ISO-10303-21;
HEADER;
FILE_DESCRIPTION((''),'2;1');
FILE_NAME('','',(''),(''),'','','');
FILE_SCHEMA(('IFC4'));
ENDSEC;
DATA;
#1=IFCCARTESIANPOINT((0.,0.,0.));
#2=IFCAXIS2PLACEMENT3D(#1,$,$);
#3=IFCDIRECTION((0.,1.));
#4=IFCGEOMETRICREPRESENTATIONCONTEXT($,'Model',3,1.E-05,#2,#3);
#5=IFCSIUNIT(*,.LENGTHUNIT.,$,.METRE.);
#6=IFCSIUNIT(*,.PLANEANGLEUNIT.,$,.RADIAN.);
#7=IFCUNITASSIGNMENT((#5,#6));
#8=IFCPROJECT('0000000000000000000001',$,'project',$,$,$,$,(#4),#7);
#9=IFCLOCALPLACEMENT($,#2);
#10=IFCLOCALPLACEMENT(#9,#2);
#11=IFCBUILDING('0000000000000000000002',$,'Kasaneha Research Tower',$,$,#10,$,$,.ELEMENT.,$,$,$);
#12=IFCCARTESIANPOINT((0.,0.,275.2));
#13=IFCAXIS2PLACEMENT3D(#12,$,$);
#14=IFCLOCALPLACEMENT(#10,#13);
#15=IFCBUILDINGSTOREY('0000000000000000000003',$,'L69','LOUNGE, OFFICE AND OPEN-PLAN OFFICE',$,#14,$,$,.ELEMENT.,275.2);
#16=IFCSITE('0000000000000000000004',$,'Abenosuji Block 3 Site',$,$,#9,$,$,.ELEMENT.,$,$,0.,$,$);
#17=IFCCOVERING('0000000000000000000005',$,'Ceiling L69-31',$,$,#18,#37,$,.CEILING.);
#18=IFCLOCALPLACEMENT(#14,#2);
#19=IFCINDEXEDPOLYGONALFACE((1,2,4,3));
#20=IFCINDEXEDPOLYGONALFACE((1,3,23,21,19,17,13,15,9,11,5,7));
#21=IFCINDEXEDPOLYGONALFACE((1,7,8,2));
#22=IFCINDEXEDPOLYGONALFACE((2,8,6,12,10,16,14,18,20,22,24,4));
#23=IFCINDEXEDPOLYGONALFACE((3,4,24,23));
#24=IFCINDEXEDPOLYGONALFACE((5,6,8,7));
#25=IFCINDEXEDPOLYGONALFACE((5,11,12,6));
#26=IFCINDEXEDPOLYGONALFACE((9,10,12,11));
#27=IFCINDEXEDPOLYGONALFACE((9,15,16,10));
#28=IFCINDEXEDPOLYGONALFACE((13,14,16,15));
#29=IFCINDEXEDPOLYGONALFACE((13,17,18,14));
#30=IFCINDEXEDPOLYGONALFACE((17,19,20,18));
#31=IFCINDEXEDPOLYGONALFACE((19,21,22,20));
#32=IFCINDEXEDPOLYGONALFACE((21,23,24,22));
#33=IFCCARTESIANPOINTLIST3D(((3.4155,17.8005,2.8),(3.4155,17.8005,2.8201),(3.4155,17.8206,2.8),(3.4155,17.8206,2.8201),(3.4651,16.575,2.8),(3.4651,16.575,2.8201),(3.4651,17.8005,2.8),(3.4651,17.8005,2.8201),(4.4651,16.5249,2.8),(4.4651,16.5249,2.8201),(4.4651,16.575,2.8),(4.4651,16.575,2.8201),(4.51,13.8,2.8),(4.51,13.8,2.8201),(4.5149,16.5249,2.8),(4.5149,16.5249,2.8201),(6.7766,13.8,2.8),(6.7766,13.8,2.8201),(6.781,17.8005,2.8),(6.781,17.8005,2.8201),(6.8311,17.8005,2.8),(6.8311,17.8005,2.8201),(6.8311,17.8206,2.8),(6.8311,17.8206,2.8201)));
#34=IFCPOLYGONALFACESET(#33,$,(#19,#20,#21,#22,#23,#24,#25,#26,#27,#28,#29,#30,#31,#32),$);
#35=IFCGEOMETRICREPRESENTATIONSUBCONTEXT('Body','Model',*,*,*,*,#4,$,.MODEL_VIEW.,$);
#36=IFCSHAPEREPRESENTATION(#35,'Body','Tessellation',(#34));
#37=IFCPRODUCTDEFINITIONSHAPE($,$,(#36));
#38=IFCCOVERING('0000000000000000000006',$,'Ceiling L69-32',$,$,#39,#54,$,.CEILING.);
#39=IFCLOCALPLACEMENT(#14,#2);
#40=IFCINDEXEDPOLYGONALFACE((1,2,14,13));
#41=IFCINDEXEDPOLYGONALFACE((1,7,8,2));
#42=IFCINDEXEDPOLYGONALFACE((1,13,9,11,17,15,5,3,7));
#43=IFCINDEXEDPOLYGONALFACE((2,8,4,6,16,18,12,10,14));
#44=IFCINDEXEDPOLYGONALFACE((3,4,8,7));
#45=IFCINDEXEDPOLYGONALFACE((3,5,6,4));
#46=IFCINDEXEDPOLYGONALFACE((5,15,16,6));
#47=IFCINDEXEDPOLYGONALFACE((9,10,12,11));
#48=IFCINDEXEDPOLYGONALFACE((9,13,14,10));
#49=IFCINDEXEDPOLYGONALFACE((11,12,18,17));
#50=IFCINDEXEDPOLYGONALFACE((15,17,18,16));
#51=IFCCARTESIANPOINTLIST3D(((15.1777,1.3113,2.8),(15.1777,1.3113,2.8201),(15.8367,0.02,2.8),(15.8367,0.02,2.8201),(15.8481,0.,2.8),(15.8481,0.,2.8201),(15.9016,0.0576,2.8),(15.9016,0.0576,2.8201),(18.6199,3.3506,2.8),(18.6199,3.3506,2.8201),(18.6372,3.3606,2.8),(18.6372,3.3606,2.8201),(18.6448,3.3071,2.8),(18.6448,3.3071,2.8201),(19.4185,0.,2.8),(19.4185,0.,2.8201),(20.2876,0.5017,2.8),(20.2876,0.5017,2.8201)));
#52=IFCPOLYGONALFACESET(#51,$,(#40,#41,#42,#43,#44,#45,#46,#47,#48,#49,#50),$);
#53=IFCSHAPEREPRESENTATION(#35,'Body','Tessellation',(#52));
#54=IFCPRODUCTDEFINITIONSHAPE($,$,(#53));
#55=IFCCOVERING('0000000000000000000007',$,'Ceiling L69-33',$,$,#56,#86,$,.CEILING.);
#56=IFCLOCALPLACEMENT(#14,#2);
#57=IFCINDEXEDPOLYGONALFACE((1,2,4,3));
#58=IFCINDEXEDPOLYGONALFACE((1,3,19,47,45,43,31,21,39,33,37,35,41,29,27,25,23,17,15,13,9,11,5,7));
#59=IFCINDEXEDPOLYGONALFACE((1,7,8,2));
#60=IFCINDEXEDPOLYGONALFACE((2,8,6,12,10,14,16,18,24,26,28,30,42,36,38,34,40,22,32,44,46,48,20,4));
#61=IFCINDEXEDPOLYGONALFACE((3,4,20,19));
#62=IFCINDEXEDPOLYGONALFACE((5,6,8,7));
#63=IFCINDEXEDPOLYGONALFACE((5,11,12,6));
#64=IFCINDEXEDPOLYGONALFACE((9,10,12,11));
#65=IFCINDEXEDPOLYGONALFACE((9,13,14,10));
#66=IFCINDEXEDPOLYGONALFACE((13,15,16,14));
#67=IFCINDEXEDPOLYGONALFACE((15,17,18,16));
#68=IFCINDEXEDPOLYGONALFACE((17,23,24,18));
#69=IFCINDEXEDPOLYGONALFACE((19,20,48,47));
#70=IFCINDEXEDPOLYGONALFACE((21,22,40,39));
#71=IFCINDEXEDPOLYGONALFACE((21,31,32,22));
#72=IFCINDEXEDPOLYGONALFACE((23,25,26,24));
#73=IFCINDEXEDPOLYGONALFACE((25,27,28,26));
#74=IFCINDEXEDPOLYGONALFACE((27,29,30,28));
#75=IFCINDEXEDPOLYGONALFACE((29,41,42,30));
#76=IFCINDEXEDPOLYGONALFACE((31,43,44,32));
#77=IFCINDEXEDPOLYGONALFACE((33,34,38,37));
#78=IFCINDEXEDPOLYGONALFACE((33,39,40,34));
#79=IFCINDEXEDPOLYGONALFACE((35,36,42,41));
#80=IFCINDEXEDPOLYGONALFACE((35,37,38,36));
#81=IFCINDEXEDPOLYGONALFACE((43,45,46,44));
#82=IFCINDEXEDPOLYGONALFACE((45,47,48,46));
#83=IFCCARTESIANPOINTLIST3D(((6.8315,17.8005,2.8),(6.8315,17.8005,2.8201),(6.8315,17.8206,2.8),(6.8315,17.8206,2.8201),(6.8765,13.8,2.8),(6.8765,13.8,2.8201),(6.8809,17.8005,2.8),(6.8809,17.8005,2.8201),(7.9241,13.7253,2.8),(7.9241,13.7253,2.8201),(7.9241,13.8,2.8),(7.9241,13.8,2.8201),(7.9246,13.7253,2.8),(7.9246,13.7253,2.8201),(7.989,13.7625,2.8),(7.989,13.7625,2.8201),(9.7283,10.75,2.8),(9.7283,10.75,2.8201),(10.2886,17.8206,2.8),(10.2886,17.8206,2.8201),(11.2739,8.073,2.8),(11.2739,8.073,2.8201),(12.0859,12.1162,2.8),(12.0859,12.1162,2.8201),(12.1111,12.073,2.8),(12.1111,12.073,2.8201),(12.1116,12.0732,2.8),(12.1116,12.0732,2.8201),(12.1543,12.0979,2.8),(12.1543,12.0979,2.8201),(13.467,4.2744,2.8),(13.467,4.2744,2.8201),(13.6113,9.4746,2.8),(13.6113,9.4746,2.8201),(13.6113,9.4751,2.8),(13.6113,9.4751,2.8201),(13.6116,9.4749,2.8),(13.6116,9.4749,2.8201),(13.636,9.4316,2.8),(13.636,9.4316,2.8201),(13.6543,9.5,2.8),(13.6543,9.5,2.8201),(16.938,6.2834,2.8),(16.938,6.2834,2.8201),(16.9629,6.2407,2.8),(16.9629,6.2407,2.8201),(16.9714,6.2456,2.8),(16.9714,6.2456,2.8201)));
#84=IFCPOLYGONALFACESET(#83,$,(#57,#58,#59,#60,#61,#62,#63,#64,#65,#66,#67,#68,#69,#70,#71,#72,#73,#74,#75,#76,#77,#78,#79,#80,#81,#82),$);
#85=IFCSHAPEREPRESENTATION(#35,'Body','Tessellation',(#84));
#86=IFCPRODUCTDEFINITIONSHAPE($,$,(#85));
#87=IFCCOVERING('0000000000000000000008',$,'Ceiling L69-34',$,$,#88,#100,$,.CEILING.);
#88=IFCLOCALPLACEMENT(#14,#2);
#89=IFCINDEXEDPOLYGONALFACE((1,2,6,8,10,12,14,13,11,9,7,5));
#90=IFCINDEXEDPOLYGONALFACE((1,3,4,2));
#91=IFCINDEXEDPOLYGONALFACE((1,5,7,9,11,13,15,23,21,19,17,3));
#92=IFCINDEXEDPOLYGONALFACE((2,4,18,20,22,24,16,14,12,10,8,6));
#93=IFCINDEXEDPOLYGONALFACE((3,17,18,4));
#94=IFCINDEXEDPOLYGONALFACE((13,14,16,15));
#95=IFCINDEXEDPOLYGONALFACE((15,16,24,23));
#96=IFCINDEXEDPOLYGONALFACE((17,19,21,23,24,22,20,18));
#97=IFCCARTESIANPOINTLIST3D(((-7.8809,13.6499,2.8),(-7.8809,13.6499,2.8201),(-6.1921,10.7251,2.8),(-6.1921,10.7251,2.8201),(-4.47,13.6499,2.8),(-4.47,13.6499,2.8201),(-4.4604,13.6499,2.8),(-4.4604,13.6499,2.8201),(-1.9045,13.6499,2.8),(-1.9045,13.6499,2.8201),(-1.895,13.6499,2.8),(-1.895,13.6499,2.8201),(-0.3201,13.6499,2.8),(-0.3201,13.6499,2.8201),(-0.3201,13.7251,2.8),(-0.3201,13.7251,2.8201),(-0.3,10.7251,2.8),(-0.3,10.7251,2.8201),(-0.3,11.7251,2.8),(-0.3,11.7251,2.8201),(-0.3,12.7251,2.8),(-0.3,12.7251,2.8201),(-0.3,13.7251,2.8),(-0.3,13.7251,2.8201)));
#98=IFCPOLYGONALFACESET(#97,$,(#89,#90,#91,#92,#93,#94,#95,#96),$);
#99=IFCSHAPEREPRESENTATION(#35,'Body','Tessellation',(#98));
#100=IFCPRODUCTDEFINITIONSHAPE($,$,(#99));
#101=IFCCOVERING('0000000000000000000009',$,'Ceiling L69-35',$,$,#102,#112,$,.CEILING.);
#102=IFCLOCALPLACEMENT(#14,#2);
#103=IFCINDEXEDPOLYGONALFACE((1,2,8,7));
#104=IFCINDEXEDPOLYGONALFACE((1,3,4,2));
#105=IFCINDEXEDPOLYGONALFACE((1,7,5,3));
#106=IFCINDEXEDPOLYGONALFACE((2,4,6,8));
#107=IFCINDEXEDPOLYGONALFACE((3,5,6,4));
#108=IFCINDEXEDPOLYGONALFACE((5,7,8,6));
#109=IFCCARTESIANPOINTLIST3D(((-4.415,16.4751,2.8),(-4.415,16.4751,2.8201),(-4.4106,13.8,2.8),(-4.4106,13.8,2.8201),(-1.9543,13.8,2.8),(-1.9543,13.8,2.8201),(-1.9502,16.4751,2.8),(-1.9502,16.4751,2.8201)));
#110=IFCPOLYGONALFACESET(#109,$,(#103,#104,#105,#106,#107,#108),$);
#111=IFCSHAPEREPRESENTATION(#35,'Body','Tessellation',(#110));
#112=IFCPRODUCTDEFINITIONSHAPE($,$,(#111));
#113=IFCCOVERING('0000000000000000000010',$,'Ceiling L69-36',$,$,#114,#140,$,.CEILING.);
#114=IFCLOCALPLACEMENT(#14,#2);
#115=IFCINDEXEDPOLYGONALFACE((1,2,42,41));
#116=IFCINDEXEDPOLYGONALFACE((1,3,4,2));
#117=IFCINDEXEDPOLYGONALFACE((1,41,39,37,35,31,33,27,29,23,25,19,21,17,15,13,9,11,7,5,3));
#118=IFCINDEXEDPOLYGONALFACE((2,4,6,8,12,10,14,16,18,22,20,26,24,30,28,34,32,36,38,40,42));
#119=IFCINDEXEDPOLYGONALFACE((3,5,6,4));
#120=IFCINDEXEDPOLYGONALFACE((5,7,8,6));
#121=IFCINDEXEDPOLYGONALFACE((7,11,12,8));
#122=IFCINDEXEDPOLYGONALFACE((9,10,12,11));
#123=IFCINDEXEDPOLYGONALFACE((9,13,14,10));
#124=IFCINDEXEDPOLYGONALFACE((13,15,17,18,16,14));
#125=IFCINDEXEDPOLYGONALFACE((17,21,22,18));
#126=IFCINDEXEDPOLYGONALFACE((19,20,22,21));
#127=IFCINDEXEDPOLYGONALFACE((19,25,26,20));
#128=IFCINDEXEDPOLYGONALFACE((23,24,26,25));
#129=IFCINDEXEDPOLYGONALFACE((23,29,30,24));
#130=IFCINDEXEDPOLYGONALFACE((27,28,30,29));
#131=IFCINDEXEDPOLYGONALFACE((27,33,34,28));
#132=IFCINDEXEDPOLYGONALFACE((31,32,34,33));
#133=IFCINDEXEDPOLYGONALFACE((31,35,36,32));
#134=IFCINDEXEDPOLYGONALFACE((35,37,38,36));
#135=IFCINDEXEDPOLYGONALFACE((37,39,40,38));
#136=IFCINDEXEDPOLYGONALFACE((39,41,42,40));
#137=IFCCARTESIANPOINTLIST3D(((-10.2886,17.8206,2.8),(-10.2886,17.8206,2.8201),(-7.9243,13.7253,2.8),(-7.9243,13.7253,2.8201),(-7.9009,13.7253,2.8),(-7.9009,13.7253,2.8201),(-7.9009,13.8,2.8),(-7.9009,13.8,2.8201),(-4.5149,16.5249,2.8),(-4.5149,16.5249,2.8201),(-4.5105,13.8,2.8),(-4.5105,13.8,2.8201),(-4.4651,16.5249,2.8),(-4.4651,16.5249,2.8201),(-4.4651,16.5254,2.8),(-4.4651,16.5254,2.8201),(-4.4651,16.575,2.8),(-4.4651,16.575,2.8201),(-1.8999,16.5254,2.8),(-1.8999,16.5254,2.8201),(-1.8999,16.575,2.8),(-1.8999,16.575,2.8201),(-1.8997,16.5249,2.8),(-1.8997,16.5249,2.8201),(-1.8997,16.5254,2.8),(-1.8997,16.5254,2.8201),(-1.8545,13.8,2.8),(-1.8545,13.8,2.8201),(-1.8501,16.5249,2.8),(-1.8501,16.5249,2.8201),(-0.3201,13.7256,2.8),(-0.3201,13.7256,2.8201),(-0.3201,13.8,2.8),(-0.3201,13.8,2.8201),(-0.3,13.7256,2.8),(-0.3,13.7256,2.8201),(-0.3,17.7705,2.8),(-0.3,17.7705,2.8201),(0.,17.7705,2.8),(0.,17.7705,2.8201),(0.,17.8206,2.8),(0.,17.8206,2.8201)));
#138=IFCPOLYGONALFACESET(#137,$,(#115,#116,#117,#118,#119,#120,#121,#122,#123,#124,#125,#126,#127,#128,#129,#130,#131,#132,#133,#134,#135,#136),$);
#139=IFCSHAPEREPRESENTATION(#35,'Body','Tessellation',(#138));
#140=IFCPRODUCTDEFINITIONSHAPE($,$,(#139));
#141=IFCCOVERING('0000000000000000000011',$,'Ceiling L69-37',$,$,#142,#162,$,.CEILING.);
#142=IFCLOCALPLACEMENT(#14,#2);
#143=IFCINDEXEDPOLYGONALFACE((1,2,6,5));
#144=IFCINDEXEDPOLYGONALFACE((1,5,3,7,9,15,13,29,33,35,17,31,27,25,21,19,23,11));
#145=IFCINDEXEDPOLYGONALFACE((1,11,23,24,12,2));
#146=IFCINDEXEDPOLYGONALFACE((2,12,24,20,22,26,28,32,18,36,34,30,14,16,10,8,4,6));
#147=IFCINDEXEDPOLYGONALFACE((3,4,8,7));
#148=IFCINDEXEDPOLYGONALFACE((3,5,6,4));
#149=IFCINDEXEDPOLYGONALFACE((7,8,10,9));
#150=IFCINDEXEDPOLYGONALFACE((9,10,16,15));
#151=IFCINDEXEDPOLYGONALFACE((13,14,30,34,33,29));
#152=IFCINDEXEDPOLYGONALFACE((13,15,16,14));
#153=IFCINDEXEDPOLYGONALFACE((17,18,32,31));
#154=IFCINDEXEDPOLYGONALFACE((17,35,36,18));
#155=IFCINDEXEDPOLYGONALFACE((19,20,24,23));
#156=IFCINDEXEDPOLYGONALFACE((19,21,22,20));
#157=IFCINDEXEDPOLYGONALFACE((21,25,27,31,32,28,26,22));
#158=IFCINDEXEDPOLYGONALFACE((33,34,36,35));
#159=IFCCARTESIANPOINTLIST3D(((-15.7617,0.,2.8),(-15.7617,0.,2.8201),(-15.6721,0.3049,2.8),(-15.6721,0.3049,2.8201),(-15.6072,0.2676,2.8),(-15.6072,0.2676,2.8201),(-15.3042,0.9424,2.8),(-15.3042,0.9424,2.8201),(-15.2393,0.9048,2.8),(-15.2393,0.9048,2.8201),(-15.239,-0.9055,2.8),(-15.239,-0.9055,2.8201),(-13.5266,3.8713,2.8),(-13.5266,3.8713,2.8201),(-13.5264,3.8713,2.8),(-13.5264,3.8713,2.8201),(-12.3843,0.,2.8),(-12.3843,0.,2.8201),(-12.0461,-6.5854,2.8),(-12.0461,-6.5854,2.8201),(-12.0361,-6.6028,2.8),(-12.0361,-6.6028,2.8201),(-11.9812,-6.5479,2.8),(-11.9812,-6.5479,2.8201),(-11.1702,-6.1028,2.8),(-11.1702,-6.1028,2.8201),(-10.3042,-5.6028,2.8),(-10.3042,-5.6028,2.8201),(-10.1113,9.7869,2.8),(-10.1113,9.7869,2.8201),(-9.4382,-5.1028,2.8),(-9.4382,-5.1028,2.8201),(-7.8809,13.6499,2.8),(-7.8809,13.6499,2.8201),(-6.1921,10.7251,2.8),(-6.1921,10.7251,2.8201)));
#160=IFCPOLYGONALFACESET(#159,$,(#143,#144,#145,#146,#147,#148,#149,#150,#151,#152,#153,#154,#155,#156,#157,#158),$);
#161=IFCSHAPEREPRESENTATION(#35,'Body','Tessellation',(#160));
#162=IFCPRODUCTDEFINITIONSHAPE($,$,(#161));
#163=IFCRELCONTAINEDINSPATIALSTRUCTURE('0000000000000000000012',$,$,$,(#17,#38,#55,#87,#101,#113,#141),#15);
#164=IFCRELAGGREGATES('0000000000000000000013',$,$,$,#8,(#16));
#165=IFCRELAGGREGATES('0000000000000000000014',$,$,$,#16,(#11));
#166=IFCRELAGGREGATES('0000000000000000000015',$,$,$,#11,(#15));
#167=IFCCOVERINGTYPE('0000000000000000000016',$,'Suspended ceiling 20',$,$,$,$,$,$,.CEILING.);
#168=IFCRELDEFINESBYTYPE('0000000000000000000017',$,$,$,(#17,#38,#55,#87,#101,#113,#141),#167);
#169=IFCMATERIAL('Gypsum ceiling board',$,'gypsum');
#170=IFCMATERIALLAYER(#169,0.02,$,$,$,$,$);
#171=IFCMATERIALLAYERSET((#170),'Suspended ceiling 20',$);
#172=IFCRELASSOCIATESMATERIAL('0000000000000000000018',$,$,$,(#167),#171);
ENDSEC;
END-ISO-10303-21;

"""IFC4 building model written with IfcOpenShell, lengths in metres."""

from ifc_helpers import new_model, si_unit, direction, frame, origin, place, context, subcontext, project, spatial, polyline, outline, extrude, material, layer, layer_set, type_object, element, save


model = new_model("IFC4")

# Units and contexts
model_context = context("Model", 3, precision=1e-05, world=origin(), true_north=direction((0.0, 1.0)))
body_context = subcontext(model_context, "Body", "Model", "MODEL_VIEW")
ifc_project = project(units=[si_unit("LENGTHUNIT", "METRE"), si_unit("PLANEANGLEUNIT", "RADIAN")], contexts=[model_context])

# Site, building, storey
site_placement = place(None, origin())
site = spatial("IfcSite", under=ifc_project, at=site_placement, Name="Abenosuji Block 3 Site", CompositionType="ELEMENT", RefElevation=0.0)
building_placement = place(site_placement, origin())
building = spatial("IfcBuilding", under=site, at=building_placement, Name="Kasaneha Research Tower", CompositionType="ELEMENT")
storey_placement = place(building_placement, frame((0.0, 0.0, 275.2)))
storey = spatial("IfcBuildingStorey", under=building, at=storey_placement, Name="L69", Description="LOUNGE, OFFICE AND OPEN-PLAN OFFICE", CompositionType="ELEMENT", Elevation=275.2)

# Coverings
ifc_material_1 = material(Name="Gypsum ceiling board", Category="gypsum")
ifc_layer_1 = layer(ifc_material_1, 0.02)
ifc_layer_set_1 = layer_set([ifc_layer_1], Name="Suspended ceiling 20")
covering_type_1 = type_object("IfcCoveringType", Name="Suspended ceiling 20", PredefinedType="CEILING", material=ifc_layer_set_1)
covering_1_placement = place(storey_placement, frame((0.0, 0.0, 2.8)))
element("IfcCovering", 1, at=covering_1_placement, inside=storey, type_object=covering_type_1, Name="Ceiling L69-31", PredefinedType="CEILING", context=body_context, shape_type="SweptSolid", body=[
    extrude(outline(polyline([(6.8311, 17.8005), (6.781, 17.8005), (6.7766, 13.8), (4.51, 13.8), (4.5149, 16.5249), (4.4651, 16.5249), (4.4651, 16.575), (3.4651, 16.575), (3.4651, 17.8005), (3.4155, 17.8005), (3.4155, 17.8206), (6.8311, 17.8206), (6.8311, 17.8005)])), origin(), (0.0, 0.0, 1.0), 0.02),
])
covering_2_placement = place(storey_placement, frame((0.0, 0.0, 2.8)))
element("IfcCovering", 2, at=covering_2_placement, inside=storey, type_object=covering_type_1, Name="Ceiling L69-32", PredefinedType="CEILING", context=body_context, shape_type="SweptSolid", body=[
    extrude(outline(polyline([(20.2876, 0.5017), (19.4185, 0.0), (15.8481, 0.0), (15.8367, 0.02), (15.9016, 0.0576), (15.1777, 1.3113), (18.6448, 3.3071), (18.6199, 3.3506), (18.6372, 3.3606), (20.2876, 0.5017)])), origin(), (0.0, 0.0, 1.0), 0.02),
])
covering_3_placement = place(storey_placement, frame((0.0, 0.0, 2.8)))
element("IfcCovering", 3, at=covering_3_placement, inside=storey, type_object=covering_type_1, Name="Ceiling L69-33", PredefinedType="CEILING", context=body_context, shape_type="SweptSolid", body=[
    extrude(outline(polyline([(16.9629, 6.2407), (16.938, 6.2834), (13.467, 4.2744), (11.2739, 8.073), (13.636, 9.4316), (13.6113, 9.4746), (13.6116, 9.4749), (13.6113, 9.4751), (13.6543, 9.5), (12.1543, 12.0979), (12.1116, 12.0732), (12.1116, 12.0732), (12.1111, 12.073), (12.0859, 12.1162), (9.7283, 10.75), (7.989, 13.7625), (7.9246, 13.7253), (7.9246, 13.7253), (7.9241, 13.7253), (7.9241, 13.8), (6.8765, 13.8), (6.8809, 17.8005), (6.8315, 17.8005), (6.8315, 17.8206), (10.2886, 17.8206), (16.9714, 6.2456), (16.9629, 6.2407)])), origin(), (0.0, 0.0, 1.0), 0.02),
])
covering_4_placement = place(storey_placement, frame((0.0, 0.0, 2.8)))
element("IfcCovering", 4, at=covering_4_placement, inside=storey, type_object=covering_type_1, Name="Ceiling L69-34", PredefinedType="CEILING", context=body_context, shape_type="SweptSolid", body=[
    extrude(outline(polyline([(-0.3, 11.7251), (-0.3, 10.7251), (-6.1921, 10.7251), (-7.8809, 13.6499), (-4.47, 13.6499), (-4.4604, 13.6499), (-1.9045, 13.6499), (-1.895, 13.6499), (-0.3201, 13.6499), (-0.3201, 13.7251), (-0.3, 13.7251), (-0.3, 12.7251), (-0.3, 11.7251)])), origin(), (0.0, 0.0, 1.0), 0.02),
])
covering_5_placement = place(storey_placement, frame((0.0, 0.0, 2.8)))
element("IfcCovering", 5, at=covering_5_placement, inside=storey, type_object=covering_type_1, Name="Ceiling L69-35", PredefinedType="CEILING", context=body_context, shape_type="SweptSolid", body=[
    extrude(outline(polyline([(-1.9502, 16.4751), (-1.9543, 13.8), (-4.4106, 13.8), (-4.415, 16.4751), (-1.9502, 16.4751)])), origin(), (0.0, 0.0, 1.0), 0.02),
])
covering_6_placement = place(storey_placement, frame((0.0, 0.0, 2.8)))
element("IfcCovering", 6, at=covering_6_placement, inside=storey, type_object=covering_type_1, Name="Ceiling L69-36", PredefinedType="CEILING", context=body_context, shape_type="SweptSolid", body=[
    extrude(outline(polyline([(-0.3201, 13.7256), (-0.3201, 13.8), (-1.8545, 13.8), (-1.8501, 16.5249), (-1.8997, 16.5249), (-1.8997, 16.5254), (-1.8999, 16.5254), (-1.8999, 16.575), (-4.4651, 16.575), (-4.4651, 16.5254), (-4.4651, 16.5249), (-4.5149, 16.5249), (-4.5105, 13.8), (-7.9009, 13.8), (-7.9009, 13.7253), (-7.9243, 13.7253), (-10.2886, 17.8206), (0.0, 17.8206), (0.0, 17.7705), (-0.3, 17.7705), (-0.3, 17.7705), (-0.3, 13.7256), (-0.3201, 13.7256)])), origin(), (0.0, 0.0, 1.0), 0.02),
])
covering_7_placement = place(storey_placement, frame((0.0, 0.0, 2.8)))
element("IfcCovering", 7, at=covering_7_placement, inside=storey, type_object=covering_type_1, Name="Ceiling L69-37", PredefinedType="CEILING", context=body_context, shape_type="SweptSolid", body=[
    extrude(outline(polyline([(-12.3843, 0.0), (-9.4382, -5.1028), (-10.3042, -5.6028), (-10.3042, -5.6028), (-11.1702, -6.1028), (-11.1702, -6.1028), (-12.0361, -6.6028), (-12.0461, -6.5854), (-11.9812, -6.5479), (-15.239, -0.9055), (-15.239, -0.9055), (-15.7617, 0.0), (-15.6072, 0.2676), (-15.6721, 0.3049), (-15.3042, 0.9424), (-15.2393, 0.9048), (-13.5264, 3.8713), (-13.5266, 3.8713), (-10.1113, 9.7869), (-10.1113, 9.7869), (-7.8809, 13.6499), (-7.8809, 13.6499), (-6.1921, 10.7251), (-12.3843, 0.0)])), origin(), (0.0, 0.0, 1.0), 0.02),
])

save(model, "model.ifc")
